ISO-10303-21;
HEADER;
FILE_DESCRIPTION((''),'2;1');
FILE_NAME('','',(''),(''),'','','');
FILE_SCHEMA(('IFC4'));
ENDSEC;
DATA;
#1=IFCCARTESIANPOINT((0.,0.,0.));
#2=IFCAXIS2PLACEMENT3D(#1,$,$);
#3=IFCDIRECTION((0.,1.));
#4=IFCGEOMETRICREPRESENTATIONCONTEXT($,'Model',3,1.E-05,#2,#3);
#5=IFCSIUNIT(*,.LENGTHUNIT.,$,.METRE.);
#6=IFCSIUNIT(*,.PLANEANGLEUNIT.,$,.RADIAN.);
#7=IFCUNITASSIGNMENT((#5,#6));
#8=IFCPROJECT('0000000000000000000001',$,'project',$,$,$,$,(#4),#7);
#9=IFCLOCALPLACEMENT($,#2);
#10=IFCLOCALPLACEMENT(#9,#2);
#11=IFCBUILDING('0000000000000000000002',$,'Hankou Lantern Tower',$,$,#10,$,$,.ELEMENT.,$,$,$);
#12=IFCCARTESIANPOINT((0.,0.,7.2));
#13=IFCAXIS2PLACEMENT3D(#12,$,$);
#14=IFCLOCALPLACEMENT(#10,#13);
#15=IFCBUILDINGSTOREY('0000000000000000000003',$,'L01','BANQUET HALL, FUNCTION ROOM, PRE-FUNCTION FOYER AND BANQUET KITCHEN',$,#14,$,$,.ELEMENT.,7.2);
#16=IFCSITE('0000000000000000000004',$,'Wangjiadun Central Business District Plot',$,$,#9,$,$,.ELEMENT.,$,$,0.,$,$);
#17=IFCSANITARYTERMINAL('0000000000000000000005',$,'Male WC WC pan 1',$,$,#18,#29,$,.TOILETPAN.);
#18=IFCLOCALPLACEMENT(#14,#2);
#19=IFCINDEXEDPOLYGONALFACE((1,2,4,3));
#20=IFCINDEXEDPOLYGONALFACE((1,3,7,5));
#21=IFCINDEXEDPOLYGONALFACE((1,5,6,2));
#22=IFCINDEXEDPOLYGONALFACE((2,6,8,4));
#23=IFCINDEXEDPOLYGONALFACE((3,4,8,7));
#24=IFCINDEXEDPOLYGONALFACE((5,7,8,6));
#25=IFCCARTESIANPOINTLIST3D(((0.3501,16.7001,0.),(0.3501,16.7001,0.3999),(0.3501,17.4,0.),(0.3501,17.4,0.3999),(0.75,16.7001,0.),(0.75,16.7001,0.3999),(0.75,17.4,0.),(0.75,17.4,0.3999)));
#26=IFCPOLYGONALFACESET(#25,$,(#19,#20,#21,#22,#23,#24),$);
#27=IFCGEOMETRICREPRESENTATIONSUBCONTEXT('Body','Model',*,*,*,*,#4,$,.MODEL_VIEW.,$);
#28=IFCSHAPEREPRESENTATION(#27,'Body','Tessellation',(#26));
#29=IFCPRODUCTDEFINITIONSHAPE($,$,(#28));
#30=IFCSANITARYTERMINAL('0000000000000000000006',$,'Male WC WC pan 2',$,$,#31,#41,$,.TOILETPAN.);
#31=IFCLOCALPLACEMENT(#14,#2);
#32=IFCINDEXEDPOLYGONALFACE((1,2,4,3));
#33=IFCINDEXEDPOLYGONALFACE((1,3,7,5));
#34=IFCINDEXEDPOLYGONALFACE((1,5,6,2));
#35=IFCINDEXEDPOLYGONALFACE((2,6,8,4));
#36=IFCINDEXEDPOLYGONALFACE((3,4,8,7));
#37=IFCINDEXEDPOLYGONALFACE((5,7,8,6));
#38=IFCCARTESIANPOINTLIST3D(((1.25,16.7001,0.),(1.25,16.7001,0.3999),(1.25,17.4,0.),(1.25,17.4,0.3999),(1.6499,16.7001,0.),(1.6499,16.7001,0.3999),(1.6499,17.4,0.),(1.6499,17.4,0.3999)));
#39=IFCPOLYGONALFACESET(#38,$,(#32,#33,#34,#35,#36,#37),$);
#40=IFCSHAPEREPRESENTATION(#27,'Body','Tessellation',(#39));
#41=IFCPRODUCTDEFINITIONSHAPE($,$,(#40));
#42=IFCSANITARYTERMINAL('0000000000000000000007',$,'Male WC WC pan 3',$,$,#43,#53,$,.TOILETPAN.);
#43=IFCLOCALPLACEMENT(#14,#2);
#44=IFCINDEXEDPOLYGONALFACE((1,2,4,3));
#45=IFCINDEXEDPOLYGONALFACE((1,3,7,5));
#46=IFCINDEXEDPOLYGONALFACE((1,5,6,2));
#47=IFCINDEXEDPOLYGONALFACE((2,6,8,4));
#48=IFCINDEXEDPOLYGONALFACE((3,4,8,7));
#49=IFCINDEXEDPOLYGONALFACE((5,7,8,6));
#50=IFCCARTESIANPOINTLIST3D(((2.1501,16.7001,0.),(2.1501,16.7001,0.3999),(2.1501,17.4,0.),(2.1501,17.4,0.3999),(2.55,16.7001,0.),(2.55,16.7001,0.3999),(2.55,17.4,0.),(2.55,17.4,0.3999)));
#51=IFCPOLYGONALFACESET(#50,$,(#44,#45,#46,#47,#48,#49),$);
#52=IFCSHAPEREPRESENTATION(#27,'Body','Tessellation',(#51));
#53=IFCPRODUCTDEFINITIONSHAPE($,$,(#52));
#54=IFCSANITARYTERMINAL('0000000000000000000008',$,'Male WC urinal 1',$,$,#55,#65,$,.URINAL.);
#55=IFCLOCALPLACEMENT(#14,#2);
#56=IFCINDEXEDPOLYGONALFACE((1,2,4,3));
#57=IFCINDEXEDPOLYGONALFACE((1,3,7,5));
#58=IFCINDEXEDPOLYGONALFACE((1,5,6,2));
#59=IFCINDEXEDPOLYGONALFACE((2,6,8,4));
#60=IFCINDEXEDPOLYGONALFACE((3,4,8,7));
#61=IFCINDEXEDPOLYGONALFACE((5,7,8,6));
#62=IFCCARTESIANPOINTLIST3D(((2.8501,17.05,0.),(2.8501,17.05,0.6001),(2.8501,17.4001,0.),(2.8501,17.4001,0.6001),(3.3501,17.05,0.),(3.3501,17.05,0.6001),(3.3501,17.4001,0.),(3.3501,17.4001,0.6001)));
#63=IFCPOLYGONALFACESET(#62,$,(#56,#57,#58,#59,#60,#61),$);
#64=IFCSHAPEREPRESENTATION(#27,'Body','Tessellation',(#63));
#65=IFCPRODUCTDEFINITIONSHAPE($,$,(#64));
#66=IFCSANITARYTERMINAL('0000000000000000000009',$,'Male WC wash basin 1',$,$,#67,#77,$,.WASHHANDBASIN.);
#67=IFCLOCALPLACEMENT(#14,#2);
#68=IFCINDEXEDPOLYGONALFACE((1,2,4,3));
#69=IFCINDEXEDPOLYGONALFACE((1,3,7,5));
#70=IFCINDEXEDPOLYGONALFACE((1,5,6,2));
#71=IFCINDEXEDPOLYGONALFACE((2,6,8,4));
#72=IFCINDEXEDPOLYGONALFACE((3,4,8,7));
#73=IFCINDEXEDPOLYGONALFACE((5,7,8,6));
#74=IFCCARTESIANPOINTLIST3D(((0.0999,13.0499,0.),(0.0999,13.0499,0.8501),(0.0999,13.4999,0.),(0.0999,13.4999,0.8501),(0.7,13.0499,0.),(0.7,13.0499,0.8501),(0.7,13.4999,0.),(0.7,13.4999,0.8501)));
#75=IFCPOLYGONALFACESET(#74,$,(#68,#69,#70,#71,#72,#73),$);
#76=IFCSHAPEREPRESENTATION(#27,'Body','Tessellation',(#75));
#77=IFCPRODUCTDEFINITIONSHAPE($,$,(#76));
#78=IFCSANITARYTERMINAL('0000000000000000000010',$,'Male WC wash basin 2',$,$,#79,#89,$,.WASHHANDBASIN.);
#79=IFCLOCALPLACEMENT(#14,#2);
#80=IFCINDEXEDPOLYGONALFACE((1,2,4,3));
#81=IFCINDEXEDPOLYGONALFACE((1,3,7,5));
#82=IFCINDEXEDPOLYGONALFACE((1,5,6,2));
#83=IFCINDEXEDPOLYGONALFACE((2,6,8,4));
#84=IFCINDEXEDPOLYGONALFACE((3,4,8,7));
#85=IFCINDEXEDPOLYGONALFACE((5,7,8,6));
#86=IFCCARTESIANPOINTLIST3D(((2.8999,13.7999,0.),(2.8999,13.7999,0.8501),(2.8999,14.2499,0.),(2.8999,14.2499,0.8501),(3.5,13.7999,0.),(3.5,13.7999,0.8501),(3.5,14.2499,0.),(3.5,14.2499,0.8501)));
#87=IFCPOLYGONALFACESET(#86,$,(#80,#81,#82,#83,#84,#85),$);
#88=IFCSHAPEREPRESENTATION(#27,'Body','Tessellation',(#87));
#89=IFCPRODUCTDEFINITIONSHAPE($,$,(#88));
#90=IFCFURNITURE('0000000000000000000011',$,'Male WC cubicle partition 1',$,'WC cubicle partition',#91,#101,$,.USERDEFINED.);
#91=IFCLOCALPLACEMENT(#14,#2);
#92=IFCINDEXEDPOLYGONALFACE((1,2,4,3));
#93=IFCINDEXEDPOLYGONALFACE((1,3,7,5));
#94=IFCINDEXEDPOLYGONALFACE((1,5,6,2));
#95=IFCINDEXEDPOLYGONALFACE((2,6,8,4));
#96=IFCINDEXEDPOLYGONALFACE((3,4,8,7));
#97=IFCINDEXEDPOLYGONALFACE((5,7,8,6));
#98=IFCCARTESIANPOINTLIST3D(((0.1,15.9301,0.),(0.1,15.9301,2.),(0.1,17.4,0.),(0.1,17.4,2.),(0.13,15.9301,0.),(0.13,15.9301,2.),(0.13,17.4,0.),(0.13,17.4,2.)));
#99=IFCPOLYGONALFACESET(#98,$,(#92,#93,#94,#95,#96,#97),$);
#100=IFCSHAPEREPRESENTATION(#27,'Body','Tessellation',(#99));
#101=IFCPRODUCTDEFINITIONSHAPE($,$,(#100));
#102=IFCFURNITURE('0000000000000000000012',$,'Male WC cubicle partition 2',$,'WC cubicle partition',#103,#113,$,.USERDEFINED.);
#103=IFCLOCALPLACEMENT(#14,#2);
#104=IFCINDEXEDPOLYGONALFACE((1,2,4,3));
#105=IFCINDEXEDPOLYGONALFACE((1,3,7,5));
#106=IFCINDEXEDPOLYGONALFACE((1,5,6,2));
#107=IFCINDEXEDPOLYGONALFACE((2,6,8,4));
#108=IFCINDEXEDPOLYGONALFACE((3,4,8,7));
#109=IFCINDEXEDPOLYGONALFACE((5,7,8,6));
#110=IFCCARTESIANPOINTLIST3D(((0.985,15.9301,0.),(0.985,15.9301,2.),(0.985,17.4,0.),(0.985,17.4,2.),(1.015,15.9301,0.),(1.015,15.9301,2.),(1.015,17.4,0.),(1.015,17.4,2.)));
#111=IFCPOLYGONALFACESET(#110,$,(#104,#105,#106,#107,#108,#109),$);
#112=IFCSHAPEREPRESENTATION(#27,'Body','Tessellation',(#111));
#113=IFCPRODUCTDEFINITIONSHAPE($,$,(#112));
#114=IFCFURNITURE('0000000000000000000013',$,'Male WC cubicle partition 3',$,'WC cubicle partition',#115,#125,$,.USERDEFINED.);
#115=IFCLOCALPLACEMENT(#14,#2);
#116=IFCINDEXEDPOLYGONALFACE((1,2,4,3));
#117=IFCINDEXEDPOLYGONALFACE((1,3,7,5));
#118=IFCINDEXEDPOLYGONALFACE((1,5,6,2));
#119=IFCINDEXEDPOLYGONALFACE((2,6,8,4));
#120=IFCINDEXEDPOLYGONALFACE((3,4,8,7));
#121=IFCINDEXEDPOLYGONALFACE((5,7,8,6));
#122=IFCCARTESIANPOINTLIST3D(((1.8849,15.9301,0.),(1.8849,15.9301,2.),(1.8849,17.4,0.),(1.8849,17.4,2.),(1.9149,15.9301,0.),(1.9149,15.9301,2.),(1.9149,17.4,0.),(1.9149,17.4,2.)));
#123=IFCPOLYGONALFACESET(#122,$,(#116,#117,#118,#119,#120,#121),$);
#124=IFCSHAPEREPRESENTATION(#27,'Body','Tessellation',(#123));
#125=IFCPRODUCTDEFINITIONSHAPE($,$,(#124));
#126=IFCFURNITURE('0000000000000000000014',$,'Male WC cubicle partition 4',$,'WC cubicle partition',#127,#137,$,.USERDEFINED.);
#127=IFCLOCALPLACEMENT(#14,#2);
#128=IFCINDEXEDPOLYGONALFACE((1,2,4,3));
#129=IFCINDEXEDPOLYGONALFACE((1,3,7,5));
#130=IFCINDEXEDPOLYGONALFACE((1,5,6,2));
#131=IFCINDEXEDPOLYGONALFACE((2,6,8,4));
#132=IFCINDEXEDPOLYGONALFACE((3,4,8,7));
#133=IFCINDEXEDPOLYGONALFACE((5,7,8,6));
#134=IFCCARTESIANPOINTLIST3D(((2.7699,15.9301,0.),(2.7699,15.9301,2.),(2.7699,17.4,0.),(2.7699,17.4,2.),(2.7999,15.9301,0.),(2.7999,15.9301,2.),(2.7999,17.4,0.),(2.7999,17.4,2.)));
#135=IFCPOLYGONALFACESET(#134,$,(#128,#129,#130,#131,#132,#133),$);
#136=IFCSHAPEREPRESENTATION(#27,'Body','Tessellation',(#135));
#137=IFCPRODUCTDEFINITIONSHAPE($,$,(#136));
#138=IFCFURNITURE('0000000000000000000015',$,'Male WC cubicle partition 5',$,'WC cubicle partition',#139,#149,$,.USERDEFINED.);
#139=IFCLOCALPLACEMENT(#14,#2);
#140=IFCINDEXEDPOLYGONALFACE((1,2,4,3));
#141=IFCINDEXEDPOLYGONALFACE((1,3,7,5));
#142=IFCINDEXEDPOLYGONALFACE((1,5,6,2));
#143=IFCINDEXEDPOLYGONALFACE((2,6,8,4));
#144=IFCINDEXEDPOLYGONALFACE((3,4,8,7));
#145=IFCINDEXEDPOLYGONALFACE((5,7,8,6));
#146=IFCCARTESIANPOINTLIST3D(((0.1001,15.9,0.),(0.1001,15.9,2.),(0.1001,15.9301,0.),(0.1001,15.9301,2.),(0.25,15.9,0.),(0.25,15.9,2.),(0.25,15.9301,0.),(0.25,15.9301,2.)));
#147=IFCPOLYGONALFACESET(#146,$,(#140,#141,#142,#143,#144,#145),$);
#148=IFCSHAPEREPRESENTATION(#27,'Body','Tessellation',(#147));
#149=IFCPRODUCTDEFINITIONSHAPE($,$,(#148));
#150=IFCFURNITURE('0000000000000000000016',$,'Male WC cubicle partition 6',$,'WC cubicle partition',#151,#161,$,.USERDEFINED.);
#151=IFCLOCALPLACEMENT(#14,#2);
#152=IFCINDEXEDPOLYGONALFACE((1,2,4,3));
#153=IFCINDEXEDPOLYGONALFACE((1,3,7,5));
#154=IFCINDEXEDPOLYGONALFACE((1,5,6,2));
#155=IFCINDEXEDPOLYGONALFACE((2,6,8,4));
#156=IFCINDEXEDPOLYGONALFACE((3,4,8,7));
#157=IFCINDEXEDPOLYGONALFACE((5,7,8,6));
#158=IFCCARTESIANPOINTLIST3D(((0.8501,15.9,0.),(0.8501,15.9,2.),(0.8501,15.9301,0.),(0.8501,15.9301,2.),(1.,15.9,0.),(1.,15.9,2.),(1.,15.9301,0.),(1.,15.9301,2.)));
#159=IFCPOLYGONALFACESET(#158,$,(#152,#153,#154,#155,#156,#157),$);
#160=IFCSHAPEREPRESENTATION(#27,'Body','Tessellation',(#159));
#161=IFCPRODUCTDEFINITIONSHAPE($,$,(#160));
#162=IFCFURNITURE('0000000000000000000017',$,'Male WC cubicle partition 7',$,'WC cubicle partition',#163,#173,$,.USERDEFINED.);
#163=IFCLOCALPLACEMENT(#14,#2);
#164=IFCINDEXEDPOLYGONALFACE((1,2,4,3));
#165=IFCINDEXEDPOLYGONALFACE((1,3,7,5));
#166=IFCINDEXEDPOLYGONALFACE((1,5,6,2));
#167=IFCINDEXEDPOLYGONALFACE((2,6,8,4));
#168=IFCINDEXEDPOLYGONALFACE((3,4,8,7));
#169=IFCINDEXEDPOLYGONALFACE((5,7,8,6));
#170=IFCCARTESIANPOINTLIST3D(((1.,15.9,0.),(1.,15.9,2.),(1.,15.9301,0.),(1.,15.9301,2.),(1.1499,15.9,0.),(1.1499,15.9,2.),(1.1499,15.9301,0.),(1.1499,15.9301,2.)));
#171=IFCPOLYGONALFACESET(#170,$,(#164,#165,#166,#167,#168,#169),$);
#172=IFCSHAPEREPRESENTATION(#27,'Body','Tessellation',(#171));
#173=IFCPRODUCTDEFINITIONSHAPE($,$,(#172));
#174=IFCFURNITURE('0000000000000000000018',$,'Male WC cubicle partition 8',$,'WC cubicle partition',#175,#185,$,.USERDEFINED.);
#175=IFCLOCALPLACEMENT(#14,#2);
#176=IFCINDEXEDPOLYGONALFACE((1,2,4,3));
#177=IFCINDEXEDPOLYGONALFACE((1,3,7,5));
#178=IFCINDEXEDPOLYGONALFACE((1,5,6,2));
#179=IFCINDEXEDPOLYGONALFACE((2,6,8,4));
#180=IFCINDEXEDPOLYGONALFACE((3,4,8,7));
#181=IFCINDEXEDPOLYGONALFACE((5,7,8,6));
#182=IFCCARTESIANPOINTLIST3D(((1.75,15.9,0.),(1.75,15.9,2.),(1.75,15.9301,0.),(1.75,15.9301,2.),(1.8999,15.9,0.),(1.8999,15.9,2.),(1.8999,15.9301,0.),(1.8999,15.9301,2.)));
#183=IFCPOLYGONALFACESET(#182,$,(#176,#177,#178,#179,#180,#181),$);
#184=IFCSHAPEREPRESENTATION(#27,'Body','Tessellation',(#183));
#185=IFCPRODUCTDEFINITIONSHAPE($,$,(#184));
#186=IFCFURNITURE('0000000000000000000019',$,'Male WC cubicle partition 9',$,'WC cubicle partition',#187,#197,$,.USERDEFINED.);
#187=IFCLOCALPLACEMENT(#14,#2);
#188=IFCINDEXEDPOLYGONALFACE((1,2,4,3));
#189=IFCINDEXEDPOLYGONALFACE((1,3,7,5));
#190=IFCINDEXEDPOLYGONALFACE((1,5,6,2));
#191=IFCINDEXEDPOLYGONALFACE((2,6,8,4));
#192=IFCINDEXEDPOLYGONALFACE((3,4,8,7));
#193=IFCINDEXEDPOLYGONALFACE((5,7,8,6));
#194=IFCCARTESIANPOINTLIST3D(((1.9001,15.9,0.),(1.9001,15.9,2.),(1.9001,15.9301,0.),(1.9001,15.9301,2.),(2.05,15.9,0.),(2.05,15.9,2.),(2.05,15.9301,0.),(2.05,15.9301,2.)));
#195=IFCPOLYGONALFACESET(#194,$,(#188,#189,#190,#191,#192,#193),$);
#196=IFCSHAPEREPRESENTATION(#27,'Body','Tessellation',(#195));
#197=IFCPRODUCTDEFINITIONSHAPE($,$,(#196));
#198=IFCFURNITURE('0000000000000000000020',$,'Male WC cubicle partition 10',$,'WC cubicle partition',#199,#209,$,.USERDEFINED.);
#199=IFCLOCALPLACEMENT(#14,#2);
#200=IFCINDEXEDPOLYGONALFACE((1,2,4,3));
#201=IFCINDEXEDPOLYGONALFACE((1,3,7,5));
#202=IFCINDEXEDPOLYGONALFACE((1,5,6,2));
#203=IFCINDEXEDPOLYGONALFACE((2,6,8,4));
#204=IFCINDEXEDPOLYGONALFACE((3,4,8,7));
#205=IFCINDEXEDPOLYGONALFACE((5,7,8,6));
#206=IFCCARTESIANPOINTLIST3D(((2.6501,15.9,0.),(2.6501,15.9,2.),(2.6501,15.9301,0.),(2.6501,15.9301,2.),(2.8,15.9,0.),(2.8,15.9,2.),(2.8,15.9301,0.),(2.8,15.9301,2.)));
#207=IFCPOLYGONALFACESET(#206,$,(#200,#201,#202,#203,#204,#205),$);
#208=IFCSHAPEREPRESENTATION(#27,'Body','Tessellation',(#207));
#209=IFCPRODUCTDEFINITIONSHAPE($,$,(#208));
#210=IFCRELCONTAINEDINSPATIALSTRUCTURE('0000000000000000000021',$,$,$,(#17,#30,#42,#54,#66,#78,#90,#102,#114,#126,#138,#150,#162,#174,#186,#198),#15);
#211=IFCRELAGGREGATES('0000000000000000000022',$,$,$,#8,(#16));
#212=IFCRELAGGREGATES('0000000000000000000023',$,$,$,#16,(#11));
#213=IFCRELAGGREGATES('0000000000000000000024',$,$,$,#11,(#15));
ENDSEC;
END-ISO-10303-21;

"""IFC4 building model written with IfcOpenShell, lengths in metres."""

from ifc_helpers import new_model, si_unit, direction, frame, origin, origin_2d, place, context, subcontext, project, spatial, rectangle, extrude, element, save


model = new_model("IFC4")

# Units and contexts
model_context = context("Model", 3, precision=1e-05, world=origin(), true_north=direction((0.0, 1.0)))
body_context = subcontext(model_context, "Body", "Model", "MODEL_VIEW")
ifc_project = project(units=[si_unit("LENGTHUNIT", "METRE"), si_unit("PLANEANGLEUNIT", "RADIAN")], contexts=[model_context])

# Site, building, storey
site_placement = place(None, origin())
site = spatial("IfcSite", under=ifc_project, at=site_placement, Name="Wangjiadun Central Business District Plot", CompositionType="ELEMENT", RefElevation=0.0)
building_placement = place(site_placement, origin())
building = spatial("IfcBuilding", under=site, at=building_placement, Name="Hankou Lantern Tower", CompositionType="ELEMENT")
storey_placement = place(building_placement, frame((0.0, 0.0, 7.2)))
storey = spatial("IfcBuildingStorey", under=building, at=storey_placement, Name="L01", Description="BANQUET HALL, FUNCTION ROOM, PRE-FUNCTION FOYER AND BANQUET KITCHEN", CompositionType="ELEMENT", Elevation=7.2)

# Sanitary terminals
for number, where, z_axis, x_axis, name in (
    (1, (0.55, 17.05, 0.0), (0.0, 0.0, 1.0), (1.0, 0.0, 0.0), "Male WC WC pan 1"),
    (2, (1.45, 17.05, 0.0), (0.0, 0.0, 1.0), (1.0, 0.0, 0.0), "Male WC WC pan 2"),
    (3, (2.3501, 17.05, 0.0), (0.0, 0.0, 1.0), (1.0, 0.0, 0.0), "Male WC WC pan 3"),
):
    element("IfcSanitaryTerminal", number, at=place(storey_placement, frame(where, z_axis=z_axis, x_axis=x_axis)), inside=storey, Name=name, PredefinedType="TOILETPAN", context=body_context, shape_type="SweptSolid", body=[
        extrude(rectangle(XDim=0.3999, YDim=0.7, at=origin_2d()), origin(), (0.0, 0.0, 1.0), 0.3999),
    ])
sanitary_terminal_placement = place(storey_placement, frame((3.1001, 17.2251, 0.0), z_axis=(0.0, 0.0, 1.0), x_axis=(1.0, 0.0, 0.0)))
element("IfcSanitaryTerminal", 4, at=sanitary_terminal_placement, inside=storey, Name="Male WC urinal 1", PredefinedType="URINAL", context=body_context, shape_type="SweptSolid", body=[
    extrude(rectangle(XDim=0.5, YDim=0.3501, at=origin_2d()), origin(), (0.0, 0.0, 1.0), 0.6001),
])
for number, where, z_axis, x_axis, name in (
    (5, (0.3999, 13.2749, 0.0), (0.0, 0.0, 1.0), (1.0, 0.0, 0.0), "Male WC wash basin 1"),
    (6, (3.2, 14.0249, 0.0), (0.0, 0.0, 1.0), (1.0, 0.0, 0.0), "Male WC wash basin 2"),
):
    element("IfcSanitaryTerminal", number, at=place(storey_placement, frame(where, z_axis=z_axis, x_axis=x_axis)), inside=storey, Name=name, PredefinedType="WASHHANDBASIN", context=body_context, shape_type="SweptSolid", body=[
        extrude(rectangle(XDim=0.6001, YDim=0.45, at=origin_2d()), origin(), (0.0, 0.0, 1.0), 0.8501),
    ])

# Furniture
for number, where, z_axis, x_axis, name in (
    (7, (0.115, 16.665, 0.0), (0.0, 0.0, 1.0), (1.0, 0.0, 0.0), "Male WC cubicle partition 1"),
    (8, (1.0, 16.665, 0.0), (0.0, 0.0, 1.0), (1.0, 0.0, 0.0), "Male WC cubicle partition 2"),
    (9, (1.8999, 16.665, 0.0), (0.0, 0.0, 1.0), (1.0, 0.0, 0.0), "Male WC cubicle partition 3"),
    (10, (2.7849, 16.665, 0.0), (0.0, 0.0, 1.0), (1.0, 0.0, 0.0), "Male WC cubicle partition 4"),
):
    element("IfcFurniture", number, at=place(storey_placement, frame(where, z_axis=z_axis, x_axis=x_axis)), inside=storey, Name=name, ObjectType="WC cubicle partition", PredefinedType="USERDEFINED", context=body_context, shape_type="SweptSolid", body=[
        extrude(rectangle(XDim=0.03, YDim=1.47, at=origin_2d()), origin(), (0.0, 0.0, 1.0), 2.0),
    ])
for number, where, z_axis, x_axis, name in (
    (11, (0.175, 15.915, 0.0), (0.0, 0.0, 1.0), (1.0, 0.0, 0.0), "Male WC cubicle partition 5"),
    (12, (0.925, 15.915, 0.0), (0.0, 0.0, 1.0), (1.0, 0.0, 0.0), "Male WC cubicle partition 6"),
    (13, (1.075, 15.915, 0.0), (0.0, 0.0, 1.0), (1.0, 0.0, 0.0), "Male WC cubicle partition 7"),
    (14, (1.825, 15.915, 0.0), (0.0, 0.0, 1.0), (1.0, 0.0, 0.0), "Male WC cubicle partition 8"),
    (15, (1.9751, 15.915, 0.0), (0.0, 0.0, 1.0), (1.0, 0.0, 0.0), "Male WC cubicle partition 9"),
    (16, (2.7251, 15.915, 0.0), (0.0, 0.0, 1.0), (1.0, 0.0, 0.0), "Male WC cubicle partition 10"),
):
    element("IfcFurniture", number, at=place(storey_placement, frame(where, z_axis=z_axis, x_axis=x_axis)), inside=storey, Name=name, ObjectType="WC cubicle partition", PredefinedType="USERDEFINED", context=body_context, shape_type="SweptSolid", body=[
        extrude(rectangle(XDim=0.1499, YDim=0.03, at=origin_2d()), origin(), (0.0, 0.0, 1.0), 2.0),
    ])

save(model, "model.ifc")
